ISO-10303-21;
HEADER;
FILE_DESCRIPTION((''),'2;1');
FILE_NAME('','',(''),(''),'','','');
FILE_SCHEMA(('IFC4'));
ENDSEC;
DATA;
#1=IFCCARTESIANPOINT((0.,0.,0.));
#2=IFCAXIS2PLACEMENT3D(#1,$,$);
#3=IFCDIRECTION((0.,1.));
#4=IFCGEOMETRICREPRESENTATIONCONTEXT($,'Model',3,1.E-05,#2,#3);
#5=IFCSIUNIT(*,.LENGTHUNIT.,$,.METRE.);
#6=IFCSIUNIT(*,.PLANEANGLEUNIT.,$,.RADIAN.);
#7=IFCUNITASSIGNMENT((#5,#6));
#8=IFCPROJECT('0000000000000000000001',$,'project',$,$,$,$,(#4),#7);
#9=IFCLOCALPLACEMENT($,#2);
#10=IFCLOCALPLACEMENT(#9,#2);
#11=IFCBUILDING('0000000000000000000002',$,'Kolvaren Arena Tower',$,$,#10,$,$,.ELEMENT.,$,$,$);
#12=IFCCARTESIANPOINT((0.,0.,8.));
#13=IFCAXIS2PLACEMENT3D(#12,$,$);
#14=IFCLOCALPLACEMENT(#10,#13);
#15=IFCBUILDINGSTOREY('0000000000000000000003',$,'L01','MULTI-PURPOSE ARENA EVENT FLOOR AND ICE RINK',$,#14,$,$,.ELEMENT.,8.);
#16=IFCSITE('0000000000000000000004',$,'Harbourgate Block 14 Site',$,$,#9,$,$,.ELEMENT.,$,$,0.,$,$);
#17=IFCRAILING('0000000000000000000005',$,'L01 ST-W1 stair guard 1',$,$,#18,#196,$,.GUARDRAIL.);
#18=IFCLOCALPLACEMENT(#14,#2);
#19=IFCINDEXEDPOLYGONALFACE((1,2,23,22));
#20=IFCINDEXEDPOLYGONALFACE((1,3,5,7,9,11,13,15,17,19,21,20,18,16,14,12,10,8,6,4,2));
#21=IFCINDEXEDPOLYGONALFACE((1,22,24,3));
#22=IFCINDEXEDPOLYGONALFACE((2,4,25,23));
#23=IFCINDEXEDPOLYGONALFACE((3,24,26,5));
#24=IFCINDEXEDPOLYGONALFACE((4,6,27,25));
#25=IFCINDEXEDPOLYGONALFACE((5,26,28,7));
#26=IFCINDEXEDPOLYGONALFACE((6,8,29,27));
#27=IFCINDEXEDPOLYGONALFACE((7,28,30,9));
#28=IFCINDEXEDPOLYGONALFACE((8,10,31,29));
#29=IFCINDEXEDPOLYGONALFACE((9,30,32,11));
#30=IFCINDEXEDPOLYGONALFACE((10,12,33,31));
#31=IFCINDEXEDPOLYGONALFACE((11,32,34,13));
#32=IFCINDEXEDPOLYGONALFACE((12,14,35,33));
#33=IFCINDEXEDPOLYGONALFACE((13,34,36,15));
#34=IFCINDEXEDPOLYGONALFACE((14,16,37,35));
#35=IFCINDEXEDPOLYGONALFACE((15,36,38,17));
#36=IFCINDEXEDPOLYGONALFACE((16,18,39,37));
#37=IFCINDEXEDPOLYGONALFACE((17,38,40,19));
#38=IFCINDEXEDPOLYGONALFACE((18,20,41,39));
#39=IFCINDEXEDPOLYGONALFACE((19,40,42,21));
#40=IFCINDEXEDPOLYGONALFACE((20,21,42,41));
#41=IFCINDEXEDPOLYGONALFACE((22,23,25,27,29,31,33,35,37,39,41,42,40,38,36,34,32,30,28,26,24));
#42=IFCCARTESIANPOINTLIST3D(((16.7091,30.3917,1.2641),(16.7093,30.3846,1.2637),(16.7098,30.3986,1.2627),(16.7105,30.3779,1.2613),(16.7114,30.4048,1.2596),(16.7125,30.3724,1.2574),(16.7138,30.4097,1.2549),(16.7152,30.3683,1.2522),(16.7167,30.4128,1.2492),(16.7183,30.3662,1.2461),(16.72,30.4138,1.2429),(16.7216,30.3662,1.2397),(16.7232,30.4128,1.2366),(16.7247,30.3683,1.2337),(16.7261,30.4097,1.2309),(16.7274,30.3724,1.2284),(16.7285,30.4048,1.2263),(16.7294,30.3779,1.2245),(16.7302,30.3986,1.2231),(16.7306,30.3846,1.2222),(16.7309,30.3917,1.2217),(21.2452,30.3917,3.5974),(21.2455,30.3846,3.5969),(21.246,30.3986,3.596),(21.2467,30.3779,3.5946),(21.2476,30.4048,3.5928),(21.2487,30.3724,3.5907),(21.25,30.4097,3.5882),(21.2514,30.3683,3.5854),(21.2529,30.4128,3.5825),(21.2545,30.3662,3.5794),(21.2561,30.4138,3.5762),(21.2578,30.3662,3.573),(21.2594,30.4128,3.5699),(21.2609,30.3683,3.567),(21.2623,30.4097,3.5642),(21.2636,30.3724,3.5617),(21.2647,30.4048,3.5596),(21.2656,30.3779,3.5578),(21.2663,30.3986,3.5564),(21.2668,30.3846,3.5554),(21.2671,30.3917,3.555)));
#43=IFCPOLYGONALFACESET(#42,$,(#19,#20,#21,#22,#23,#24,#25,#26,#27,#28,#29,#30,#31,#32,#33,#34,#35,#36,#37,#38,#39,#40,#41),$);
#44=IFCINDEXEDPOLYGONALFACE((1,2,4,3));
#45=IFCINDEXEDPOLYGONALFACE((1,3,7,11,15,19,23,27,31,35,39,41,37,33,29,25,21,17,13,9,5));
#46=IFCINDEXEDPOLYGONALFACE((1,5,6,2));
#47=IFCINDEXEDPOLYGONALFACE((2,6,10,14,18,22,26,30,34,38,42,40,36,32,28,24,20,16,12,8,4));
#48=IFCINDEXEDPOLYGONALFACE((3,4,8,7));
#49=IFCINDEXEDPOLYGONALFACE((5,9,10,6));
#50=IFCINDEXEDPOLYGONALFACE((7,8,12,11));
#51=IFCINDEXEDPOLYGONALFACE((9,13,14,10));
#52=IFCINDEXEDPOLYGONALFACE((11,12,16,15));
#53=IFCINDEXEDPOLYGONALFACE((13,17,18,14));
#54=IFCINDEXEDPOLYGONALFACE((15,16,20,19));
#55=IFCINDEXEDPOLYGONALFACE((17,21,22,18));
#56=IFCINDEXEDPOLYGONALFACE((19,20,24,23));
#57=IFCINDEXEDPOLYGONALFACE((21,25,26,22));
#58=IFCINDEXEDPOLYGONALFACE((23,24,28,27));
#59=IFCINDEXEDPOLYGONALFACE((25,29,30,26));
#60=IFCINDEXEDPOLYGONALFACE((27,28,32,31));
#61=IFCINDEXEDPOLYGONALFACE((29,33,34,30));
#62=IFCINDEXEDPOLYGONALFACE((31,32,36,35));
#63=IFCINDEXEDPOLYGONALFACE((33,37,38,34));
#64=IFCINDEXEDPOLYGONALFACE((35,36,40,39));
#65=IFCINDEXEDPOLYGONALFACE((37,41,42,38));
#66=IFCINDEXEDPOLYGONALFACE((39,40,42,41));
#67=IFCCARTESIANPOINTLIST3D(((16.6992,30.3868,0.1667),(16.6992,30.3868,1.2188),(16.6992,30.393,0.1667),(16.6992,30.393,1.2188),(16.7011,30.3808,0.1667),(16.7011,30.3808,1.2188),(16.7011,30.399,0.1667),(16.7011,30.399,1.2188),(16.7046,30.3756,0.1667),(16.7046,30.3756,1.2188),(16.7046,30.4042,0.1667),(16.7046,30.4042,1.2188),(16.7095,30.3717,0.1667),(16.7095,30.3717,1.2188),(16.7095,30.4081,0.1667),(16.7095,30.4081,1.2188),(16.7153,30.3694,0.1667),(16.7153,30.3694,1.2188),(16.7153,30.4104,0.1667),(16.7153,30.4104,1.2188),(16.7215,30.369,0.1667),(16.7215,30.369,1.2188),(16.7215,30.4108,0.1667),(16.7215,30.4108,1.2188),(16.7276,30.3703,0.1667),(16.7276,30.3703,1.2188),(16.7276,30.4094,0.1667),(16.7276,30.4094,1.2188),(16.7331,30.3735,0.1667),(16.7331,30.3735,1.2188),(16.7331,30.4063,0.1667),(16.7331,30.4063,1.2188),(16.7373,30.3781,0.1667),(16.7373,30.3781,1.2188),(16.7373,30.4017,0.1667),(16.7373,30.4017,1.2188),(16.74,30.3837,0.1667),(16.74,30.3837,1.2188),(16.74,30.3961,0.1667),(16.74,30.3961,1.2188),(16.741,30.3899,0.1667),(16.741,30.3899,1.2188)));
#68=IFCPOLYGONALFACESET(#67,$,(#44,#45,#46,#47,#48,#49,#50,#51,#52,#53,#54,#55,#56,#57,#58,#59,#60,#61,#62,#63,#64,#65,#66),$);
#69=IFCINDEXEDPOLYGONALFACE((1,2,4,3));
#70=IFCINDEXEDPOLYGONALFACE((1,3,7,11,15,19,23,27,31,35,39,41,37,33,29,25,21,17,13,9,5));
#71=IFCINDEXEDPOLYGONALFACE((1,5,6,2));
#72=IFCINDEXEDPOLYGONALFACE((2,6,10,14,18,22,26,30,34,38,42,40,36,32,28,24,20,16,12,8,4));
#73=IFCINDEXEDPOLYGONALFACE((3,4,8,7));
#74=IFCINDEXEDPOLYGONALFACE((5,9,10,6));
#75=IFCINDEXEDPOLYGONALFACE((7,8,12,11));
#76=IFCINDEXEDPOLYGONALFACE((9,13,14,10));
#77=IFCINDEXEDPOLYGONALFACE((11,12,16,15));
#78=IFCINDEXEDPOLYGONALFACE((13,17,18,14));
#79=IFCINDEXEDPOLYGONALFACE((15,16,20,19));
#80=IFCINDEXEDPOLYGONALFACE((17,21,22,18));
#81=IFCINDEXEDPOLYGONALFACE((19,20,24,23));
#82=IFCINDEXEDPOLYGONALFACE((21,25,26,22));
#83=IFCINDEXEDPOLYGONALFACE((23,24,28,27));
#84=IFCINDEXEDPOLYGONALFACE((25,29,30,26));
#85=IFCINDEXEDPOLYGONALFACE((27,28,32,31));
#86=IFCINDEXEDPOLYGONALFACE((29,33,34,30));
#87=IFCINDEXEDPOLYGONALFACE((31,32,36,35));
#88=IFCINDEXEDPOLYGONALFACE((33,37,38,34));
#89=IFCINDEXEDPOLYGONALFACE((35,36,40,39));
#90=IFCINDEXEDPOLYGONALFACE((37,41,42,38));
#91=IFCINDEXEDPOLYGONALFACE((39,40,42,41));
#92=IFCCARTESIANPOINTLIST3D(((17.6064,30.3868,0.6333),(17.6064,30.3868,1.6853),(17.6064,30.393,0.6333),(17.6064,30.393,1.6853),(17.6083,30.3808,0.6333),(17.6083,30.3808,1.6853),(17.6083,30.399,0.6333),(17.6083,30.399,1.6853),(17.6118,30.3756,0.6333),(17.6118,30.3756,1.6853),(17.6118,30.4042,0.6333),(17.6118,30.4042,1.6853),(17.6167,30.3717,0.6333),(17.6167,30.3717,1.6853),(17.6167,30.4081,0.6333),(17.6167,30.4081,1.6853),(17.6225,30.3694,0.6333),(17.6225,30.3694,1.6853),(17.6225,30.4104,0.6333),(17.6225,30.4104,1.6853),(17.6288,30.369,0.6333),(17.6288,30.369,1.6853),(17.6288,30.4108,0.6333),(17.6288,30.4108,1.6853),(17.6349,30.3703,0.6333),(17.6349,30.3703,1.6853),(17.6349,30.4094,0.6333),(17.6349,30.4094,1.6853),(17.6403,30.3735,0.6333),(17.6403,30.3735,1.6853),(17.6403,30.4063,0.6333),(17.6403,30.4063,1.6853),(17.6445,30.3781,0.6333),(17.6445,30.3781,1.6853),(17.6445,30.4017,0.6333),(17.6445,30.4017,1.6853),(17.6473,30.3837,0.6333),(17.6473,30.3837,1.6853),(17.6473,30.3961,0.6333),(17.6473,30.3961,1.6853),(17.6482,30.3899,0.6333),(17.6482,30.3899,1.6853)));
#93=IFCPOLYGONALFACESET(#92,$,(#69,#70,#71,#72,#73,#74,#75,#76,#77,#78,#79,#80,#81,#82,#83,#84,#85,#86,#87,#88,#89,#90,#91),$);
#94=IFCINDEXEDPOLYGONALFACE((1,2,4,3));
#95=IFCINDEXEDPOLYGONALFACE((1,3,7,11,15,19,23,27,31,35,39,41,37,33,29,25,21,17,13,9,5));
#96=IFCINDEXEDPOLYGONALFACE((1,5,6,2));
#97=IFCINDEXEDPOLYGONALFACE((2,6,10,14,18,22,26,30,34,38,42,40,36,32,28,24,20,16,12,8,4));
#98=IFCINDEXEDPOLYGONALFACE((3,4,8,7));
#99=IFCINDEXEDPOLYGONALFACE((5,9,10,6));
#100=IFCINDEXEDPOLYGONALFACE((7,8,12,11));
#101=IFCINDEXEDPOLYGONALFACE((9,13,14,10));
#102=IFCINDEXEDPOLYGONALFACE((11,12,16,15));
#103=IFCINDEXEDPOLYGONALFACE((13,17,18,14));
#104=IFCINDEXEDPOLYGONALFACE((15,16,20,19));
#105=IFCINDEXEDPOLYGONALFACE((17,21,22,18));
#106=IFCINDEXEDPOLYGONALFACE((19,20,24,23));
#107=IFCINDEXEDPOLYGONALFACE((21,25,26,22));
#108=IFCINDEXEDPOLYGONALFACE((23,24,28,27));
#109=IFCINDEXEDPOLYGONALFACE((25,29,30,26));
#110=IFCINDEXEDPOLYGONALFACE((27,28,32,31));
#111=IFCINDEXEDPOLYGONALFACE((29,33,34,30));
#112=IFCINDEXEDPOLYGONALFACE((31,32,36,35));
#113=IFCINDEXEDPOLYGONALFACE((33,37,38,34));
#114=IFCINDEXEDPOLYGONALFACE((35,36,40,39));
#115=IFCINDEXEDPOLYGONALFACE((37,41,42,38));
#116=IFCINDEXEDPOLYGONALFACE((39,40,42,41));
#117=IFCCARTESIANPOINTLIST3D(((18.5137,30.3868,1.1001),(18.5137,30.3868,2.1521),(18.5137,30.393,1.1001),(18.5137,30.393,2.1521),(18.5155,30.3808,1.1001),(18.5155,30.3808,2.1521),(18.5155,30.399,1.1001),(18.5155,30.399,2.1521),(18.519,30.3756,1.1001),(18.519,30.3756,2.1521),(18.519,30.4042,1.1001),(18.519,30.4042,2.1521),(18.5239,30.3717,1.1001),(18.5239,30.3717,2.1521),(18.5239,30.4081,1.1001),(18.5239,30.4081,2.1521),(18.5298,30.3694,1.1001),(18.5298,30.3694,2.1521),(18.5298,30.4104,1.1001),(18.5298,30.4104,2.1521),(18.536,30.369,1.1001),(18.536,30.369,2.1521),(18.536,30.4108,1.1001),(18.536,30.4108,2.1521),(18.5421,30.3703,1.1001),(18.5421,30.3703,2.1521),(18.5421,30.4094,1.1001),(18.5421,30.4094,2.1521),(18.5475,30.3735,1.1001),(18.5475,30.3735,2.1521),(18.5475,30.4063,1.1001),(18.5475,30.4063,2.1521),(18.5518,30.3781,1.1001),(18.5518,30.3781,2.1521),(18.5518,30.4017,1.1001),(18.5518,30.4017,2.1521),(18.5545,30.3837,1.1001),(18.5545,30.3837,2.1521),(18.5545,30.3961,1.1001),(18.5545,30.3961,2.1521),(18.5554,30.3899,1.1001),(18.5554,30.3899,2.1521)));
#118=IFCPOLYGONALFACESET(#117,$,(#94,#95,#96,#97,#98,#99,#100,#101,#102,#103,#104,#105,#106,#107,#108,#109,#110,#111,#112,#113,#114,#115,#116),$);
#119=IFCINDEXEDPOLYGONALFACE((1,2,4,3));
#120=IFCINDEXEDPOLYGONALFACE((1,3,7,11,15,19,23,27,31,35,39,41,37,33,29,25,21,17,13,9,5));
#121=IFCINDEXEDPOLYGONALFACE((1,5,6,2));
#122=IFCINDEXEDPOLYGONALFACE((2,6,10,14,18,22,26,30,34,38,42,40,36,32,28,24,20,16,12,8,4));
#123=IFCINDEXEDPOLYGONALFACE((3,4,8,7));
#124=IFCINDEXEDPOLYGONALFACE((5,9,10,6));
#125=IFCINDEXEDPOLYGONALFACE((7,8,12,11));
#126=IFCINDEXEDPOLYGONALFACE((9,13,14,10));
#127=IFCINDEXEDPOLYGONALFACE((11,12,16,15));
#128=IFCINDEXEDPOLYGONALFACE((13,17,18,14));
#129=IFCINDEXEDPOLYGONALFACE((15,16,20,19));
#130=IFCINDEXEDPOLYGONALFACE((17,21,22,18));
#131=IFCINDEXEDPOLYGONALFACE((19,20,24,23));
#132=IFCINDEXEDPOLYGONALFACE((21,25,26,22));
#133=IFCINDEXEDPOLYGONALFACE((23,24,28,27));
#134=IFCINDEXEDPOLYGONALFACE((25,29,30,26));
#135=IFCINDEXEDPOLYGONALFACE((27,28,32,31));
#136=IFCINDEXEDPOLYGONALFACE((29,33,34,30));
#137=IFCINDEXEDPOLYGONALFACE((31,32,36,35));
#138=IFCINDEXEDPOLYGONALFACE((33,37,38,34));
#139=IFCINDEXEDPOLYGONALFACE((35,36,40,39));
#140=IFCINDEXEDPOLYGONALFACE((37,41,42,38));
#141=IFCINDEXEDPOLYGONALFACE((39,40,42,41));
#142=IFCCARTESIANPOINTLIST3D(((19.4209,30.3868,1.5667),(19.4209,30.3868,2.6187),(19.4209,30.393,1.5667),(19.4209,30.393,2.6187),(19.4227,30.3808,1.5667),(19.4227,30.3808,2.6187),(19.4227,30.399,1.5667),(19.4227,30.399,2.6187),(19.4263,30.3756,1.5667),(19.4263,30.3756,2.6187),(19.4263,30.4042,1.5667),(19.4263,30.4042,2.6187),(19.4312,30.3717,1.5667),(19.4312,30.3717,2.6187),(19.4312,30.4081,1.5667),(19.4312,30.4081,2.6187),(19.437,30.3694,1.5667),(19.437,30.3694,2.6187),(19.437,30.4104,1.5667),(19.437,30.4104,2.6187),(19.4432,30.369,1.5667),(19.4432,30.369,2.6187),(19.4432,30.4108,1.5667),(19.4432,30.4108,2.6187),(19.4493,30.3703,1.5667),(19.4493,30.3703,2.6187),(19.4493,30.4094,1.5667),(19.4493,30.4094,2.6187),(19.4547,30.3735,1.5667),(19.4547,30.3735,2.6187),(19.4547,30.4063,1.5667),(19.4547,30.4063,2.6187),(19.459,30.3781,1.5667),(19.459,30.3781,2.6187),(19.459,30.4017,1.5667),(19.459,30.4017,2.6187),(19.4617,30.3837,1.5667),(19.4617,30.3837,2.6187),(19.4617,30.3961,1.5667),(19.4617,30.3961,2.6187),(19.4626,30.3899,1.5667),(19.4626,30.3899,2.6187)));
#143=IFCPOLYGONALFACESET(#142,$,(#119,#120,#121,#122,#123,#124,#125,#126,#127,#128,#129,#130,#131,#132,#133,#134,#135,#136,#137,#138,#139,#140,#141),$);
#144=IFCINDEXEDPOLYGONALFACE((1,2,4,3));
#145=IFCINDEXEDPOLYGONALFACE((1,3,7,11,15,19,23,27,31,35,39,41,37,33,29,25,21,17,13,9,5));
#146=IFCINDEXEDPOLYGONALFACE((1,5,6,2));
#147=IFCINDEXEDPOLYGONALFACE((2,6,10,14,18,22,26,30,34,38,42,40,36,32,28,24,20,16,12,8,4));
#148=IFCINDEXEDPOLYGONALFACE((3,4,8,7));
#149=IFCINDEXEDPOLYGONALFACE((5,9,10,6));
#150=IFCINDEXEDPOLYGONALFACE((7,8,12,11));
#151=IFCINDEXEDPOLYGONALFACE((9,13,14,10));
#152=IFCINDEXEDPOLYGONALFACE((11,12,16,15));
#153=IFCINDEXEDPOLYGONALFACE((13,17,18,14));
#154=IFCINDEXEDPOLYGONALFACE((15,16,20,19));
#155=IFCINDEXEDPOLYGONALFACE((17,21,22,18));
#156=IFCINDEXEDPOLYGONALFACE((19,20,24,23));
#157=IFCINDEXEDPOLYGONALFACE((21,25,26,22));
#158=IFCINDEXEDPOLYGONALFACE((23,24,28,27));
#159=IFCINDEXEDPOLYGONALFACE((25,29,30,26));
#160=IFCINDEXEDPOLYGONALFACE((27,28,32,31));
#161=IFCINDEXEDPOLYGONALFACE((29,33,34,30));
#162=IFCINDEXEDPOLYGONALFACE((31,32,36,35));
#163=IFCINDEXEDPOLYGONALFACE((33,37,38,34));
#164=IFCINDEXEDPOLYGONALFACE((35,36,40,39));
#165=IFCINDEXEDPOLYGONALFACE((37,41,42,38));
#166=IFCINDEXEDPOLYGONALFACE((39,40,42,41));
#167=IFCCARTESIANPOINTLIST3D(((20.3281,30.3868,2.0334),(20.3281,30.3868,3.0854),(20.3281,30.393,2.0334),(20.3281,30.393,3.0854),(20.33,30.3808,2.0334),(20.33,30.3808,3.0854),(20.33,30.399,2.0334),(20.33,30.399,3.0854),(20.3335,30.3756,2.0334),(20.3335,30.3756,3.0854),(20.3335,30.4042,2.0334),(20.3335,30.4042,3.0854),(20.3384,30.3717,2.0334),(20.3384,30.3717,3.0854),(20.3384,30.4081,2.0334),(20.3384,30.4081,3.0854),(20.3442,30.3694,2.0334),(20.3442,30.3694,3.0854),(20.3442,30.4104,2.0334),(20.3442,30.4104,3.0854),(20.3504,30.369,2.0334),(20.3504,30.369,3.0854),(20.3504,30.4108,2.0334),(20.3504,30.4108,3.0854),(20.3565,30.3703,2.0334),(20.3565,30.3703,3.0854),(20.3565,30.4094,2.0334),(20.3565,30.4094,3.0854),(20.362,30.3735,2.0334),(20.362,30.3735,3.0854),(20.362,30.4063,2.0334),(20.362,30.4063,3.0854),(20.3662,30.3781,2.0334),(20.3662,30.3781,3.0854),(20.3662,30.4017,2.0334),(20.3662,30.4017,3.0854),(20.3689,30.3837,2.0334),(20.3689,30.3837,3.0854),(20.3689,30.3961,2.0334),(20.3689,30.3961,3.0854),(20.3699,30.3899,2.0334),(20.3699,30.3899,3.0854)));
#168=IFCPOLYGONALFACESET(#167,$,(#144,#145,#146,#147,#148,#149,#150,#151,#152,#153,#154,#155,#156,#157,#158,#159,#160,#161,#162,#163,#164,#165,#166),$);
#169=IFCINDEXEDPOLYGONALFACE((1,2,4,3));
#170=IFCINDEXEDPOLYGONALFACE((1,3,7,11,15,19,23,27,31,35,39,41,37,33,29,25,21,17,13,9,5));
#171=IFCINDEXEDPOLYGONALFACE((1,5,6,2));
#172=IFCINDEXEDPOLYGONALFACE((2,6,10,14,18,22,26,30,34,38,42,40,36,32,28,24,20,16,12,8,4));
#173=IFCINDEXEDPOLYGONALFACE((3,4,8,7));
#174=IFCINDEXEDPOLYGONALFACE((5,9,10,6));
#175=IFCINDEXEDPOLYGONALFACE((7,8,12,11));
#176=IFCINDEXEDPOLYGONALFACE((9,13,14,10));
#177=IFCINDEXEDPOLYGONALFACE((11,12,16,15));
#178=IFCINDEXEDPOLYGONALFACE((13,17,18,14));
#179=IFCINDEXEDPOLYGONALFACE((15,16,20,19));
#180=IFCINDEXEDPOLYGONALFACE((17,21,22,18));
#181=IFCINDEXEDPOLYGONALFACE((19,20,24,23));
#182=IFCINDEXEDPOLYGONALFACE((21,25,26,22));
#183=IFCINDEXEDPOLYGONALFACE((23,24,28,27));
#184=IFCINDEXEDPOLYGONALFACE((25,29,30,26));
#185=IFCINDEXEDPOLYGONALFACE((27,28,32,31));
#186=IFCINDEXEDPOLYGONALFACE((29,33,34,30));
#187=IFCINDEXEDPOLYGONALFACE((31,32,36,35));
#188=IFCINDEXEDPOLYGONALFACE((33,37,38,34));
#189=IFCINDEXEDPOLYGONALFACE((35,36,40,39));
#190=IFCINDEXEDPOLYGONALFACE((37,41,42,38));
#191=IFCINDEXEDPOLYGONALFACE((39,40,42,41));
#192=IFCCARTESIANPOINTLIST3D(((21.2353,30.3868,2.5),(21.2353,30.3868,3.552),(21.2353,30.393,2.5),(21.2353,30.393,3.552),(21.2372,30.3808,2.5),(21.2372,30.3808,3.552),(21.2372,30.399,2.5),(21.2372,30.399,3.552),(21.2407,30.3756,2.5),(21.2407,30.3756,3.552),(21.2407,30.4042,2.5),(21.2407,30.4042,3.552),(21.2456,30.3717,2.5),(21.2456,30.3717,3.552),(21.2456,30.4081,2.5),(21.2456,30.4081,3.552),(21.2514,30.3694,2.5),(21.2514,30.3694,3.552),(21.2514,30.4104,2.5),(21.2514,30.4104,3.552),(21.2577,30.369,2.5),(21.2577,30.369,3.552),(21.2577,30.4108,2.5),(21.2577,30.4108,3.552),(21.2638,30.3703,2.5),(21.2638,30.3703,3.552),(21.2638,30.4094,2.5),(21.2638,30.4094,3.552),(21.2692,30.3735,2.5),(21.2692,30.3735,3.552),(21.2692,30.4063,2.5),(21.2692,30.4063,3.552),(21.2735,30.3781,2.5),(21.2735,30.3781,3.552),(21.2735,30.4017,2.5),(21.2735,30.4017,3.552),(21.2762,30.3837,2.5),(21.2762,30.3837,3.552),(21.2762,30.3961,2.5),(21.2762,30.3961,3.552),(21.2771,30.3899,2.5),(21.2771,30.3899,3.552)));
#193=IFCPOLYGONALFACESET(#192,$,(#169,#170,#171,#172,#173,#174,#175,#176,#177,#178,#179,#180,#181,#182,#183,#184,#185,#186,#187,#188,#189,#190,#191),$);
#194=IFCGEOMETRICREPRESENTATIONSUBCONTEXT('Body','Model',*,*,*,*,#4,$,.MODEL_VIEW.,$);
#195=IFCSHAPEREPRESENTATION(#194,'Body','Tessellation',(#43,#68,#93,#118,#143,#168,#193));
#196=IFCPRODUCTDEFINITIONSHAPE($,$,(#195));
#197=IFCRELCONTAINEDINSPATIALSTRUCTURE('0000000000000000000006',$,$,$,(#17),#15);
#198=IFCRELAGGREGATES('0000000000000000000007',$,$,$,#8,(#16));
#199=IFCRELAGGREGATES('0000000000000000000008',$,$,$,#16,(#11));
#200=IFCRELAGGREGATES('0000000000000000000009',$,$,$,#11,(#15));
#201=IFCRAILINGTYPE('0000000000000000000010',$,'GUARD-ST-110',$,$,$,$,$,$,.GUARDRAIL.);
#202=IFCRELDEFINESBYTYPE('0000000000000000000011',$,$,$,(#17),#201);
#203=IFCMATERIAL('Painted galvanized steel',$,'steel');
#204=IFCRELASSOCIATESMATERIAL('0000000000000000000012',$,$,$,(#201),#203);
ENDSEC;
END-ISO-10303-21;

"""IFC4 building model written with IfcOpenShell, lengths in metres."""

from ifc_helpers import new_model, si_unit, direction, frame, origin, origin_2d, place, context, subcontext, project, spatial, circle, extrude, material, type_object, element, save


model = new_model("IFC4")

# Units and contexts
model_context = context("Model", 3, precision=1e-05, world=origin(), true_north=direction((0.0, 1.0)))
body_context = subcontext(model_context, "Body", "Model", "MODEL_VIEW")
ifc_project = project(units=[si_unit("LENGTHUNIT", "METRE"), si_unit("PLANEANGLEUNIT", "RADIAN")], contexts=[model_context])

# Site, building, storey
site_placement = place(None, origin())
site = spatial("IfcSite", under=ifc_project, at=site_placement, Name="Harbourgate Block 14 Site", CompositionType="ELEMENT", RefElevation=0.0)
building_placement = place(site_placement, origin())
building = spatial("IfcBuilding", under=site, at=building_placement, Name="Kolvaren Arena Tower", CompositionType="ELEMENT")
storey_placement = place(building_placement, frame((0.0, 0.0, 8.0)))
storey = spatial("IfcBuildingStorey", under=building, at=storey_placement, Name="L01", Description="MULTI-PURPOSE ARENA EVENT FLOOR AND ICE RINK", CompositionType="ELEMENT", Elevation=8.0)

# Railing
ifc_material_1 = material(Name="Painted galvanized steel", Category="steel")
railing_type_1 = type_object("IfcRailingType", Name="GUARD-ST-110", PredefinedType="GUARDRAIL", material=ifc_material_1)
railing_1_placement = place(storey_placement, frame((16.72, 30.3899, 0.1667)))
element("IfcRailing", 1, at=railing_1_placement, inside=storey, type_object=railing_type_1, Name="L01 ST-W1 stair guard 1", PredefinedType="GUARDRAIL", context=body_context, shape_type="SweptSolid", body=[
    extrude(circle(Radius=0.0239, at=origin_2d()), frame((0.0, 0.0, 1.0762), z_axis=(0.889257, 0.0, 0.457407), x_axis=(0.0, 1.0, 0.0)), (0.0, 0.0, 1.0), 5.1011),
    extrude(circle(Radius=0.021, at=origin_2d()), origin(), (0.0, 0.0, 1.0), 1.052),
    extrude(circle(Radius=0.021, at=origin_2d()), frame((0.9072, 0.0, 0.4666)), (0.0, 0.0, 1.0), 1.052),
    extrude(circle(Radius=0.021, at=origin_2d()), frame((1.8145, 0.0, 0.9333)), (0.0, 0.0, 1.0), 1.052),
    extrude(circle(Radius=0.021, at=origin_2d()), frame((2.7217, 0.0, 1.3999)), (0.0, 0.0, 1.0), 1.052),
    extrude(circle(Radius=0.021, at=origin_2d()), frame((3.6289, 0.0, 1.8667)), (0.0, 0.0, 1.0), 1.052),
    extrude(circle(Radius=0.021, at=origin_2d()), frame((4.5361, 0.0, 2.3333)), (0.0, 0.0, 1.0), 1.052),
])

save(model, "model.ifc")
